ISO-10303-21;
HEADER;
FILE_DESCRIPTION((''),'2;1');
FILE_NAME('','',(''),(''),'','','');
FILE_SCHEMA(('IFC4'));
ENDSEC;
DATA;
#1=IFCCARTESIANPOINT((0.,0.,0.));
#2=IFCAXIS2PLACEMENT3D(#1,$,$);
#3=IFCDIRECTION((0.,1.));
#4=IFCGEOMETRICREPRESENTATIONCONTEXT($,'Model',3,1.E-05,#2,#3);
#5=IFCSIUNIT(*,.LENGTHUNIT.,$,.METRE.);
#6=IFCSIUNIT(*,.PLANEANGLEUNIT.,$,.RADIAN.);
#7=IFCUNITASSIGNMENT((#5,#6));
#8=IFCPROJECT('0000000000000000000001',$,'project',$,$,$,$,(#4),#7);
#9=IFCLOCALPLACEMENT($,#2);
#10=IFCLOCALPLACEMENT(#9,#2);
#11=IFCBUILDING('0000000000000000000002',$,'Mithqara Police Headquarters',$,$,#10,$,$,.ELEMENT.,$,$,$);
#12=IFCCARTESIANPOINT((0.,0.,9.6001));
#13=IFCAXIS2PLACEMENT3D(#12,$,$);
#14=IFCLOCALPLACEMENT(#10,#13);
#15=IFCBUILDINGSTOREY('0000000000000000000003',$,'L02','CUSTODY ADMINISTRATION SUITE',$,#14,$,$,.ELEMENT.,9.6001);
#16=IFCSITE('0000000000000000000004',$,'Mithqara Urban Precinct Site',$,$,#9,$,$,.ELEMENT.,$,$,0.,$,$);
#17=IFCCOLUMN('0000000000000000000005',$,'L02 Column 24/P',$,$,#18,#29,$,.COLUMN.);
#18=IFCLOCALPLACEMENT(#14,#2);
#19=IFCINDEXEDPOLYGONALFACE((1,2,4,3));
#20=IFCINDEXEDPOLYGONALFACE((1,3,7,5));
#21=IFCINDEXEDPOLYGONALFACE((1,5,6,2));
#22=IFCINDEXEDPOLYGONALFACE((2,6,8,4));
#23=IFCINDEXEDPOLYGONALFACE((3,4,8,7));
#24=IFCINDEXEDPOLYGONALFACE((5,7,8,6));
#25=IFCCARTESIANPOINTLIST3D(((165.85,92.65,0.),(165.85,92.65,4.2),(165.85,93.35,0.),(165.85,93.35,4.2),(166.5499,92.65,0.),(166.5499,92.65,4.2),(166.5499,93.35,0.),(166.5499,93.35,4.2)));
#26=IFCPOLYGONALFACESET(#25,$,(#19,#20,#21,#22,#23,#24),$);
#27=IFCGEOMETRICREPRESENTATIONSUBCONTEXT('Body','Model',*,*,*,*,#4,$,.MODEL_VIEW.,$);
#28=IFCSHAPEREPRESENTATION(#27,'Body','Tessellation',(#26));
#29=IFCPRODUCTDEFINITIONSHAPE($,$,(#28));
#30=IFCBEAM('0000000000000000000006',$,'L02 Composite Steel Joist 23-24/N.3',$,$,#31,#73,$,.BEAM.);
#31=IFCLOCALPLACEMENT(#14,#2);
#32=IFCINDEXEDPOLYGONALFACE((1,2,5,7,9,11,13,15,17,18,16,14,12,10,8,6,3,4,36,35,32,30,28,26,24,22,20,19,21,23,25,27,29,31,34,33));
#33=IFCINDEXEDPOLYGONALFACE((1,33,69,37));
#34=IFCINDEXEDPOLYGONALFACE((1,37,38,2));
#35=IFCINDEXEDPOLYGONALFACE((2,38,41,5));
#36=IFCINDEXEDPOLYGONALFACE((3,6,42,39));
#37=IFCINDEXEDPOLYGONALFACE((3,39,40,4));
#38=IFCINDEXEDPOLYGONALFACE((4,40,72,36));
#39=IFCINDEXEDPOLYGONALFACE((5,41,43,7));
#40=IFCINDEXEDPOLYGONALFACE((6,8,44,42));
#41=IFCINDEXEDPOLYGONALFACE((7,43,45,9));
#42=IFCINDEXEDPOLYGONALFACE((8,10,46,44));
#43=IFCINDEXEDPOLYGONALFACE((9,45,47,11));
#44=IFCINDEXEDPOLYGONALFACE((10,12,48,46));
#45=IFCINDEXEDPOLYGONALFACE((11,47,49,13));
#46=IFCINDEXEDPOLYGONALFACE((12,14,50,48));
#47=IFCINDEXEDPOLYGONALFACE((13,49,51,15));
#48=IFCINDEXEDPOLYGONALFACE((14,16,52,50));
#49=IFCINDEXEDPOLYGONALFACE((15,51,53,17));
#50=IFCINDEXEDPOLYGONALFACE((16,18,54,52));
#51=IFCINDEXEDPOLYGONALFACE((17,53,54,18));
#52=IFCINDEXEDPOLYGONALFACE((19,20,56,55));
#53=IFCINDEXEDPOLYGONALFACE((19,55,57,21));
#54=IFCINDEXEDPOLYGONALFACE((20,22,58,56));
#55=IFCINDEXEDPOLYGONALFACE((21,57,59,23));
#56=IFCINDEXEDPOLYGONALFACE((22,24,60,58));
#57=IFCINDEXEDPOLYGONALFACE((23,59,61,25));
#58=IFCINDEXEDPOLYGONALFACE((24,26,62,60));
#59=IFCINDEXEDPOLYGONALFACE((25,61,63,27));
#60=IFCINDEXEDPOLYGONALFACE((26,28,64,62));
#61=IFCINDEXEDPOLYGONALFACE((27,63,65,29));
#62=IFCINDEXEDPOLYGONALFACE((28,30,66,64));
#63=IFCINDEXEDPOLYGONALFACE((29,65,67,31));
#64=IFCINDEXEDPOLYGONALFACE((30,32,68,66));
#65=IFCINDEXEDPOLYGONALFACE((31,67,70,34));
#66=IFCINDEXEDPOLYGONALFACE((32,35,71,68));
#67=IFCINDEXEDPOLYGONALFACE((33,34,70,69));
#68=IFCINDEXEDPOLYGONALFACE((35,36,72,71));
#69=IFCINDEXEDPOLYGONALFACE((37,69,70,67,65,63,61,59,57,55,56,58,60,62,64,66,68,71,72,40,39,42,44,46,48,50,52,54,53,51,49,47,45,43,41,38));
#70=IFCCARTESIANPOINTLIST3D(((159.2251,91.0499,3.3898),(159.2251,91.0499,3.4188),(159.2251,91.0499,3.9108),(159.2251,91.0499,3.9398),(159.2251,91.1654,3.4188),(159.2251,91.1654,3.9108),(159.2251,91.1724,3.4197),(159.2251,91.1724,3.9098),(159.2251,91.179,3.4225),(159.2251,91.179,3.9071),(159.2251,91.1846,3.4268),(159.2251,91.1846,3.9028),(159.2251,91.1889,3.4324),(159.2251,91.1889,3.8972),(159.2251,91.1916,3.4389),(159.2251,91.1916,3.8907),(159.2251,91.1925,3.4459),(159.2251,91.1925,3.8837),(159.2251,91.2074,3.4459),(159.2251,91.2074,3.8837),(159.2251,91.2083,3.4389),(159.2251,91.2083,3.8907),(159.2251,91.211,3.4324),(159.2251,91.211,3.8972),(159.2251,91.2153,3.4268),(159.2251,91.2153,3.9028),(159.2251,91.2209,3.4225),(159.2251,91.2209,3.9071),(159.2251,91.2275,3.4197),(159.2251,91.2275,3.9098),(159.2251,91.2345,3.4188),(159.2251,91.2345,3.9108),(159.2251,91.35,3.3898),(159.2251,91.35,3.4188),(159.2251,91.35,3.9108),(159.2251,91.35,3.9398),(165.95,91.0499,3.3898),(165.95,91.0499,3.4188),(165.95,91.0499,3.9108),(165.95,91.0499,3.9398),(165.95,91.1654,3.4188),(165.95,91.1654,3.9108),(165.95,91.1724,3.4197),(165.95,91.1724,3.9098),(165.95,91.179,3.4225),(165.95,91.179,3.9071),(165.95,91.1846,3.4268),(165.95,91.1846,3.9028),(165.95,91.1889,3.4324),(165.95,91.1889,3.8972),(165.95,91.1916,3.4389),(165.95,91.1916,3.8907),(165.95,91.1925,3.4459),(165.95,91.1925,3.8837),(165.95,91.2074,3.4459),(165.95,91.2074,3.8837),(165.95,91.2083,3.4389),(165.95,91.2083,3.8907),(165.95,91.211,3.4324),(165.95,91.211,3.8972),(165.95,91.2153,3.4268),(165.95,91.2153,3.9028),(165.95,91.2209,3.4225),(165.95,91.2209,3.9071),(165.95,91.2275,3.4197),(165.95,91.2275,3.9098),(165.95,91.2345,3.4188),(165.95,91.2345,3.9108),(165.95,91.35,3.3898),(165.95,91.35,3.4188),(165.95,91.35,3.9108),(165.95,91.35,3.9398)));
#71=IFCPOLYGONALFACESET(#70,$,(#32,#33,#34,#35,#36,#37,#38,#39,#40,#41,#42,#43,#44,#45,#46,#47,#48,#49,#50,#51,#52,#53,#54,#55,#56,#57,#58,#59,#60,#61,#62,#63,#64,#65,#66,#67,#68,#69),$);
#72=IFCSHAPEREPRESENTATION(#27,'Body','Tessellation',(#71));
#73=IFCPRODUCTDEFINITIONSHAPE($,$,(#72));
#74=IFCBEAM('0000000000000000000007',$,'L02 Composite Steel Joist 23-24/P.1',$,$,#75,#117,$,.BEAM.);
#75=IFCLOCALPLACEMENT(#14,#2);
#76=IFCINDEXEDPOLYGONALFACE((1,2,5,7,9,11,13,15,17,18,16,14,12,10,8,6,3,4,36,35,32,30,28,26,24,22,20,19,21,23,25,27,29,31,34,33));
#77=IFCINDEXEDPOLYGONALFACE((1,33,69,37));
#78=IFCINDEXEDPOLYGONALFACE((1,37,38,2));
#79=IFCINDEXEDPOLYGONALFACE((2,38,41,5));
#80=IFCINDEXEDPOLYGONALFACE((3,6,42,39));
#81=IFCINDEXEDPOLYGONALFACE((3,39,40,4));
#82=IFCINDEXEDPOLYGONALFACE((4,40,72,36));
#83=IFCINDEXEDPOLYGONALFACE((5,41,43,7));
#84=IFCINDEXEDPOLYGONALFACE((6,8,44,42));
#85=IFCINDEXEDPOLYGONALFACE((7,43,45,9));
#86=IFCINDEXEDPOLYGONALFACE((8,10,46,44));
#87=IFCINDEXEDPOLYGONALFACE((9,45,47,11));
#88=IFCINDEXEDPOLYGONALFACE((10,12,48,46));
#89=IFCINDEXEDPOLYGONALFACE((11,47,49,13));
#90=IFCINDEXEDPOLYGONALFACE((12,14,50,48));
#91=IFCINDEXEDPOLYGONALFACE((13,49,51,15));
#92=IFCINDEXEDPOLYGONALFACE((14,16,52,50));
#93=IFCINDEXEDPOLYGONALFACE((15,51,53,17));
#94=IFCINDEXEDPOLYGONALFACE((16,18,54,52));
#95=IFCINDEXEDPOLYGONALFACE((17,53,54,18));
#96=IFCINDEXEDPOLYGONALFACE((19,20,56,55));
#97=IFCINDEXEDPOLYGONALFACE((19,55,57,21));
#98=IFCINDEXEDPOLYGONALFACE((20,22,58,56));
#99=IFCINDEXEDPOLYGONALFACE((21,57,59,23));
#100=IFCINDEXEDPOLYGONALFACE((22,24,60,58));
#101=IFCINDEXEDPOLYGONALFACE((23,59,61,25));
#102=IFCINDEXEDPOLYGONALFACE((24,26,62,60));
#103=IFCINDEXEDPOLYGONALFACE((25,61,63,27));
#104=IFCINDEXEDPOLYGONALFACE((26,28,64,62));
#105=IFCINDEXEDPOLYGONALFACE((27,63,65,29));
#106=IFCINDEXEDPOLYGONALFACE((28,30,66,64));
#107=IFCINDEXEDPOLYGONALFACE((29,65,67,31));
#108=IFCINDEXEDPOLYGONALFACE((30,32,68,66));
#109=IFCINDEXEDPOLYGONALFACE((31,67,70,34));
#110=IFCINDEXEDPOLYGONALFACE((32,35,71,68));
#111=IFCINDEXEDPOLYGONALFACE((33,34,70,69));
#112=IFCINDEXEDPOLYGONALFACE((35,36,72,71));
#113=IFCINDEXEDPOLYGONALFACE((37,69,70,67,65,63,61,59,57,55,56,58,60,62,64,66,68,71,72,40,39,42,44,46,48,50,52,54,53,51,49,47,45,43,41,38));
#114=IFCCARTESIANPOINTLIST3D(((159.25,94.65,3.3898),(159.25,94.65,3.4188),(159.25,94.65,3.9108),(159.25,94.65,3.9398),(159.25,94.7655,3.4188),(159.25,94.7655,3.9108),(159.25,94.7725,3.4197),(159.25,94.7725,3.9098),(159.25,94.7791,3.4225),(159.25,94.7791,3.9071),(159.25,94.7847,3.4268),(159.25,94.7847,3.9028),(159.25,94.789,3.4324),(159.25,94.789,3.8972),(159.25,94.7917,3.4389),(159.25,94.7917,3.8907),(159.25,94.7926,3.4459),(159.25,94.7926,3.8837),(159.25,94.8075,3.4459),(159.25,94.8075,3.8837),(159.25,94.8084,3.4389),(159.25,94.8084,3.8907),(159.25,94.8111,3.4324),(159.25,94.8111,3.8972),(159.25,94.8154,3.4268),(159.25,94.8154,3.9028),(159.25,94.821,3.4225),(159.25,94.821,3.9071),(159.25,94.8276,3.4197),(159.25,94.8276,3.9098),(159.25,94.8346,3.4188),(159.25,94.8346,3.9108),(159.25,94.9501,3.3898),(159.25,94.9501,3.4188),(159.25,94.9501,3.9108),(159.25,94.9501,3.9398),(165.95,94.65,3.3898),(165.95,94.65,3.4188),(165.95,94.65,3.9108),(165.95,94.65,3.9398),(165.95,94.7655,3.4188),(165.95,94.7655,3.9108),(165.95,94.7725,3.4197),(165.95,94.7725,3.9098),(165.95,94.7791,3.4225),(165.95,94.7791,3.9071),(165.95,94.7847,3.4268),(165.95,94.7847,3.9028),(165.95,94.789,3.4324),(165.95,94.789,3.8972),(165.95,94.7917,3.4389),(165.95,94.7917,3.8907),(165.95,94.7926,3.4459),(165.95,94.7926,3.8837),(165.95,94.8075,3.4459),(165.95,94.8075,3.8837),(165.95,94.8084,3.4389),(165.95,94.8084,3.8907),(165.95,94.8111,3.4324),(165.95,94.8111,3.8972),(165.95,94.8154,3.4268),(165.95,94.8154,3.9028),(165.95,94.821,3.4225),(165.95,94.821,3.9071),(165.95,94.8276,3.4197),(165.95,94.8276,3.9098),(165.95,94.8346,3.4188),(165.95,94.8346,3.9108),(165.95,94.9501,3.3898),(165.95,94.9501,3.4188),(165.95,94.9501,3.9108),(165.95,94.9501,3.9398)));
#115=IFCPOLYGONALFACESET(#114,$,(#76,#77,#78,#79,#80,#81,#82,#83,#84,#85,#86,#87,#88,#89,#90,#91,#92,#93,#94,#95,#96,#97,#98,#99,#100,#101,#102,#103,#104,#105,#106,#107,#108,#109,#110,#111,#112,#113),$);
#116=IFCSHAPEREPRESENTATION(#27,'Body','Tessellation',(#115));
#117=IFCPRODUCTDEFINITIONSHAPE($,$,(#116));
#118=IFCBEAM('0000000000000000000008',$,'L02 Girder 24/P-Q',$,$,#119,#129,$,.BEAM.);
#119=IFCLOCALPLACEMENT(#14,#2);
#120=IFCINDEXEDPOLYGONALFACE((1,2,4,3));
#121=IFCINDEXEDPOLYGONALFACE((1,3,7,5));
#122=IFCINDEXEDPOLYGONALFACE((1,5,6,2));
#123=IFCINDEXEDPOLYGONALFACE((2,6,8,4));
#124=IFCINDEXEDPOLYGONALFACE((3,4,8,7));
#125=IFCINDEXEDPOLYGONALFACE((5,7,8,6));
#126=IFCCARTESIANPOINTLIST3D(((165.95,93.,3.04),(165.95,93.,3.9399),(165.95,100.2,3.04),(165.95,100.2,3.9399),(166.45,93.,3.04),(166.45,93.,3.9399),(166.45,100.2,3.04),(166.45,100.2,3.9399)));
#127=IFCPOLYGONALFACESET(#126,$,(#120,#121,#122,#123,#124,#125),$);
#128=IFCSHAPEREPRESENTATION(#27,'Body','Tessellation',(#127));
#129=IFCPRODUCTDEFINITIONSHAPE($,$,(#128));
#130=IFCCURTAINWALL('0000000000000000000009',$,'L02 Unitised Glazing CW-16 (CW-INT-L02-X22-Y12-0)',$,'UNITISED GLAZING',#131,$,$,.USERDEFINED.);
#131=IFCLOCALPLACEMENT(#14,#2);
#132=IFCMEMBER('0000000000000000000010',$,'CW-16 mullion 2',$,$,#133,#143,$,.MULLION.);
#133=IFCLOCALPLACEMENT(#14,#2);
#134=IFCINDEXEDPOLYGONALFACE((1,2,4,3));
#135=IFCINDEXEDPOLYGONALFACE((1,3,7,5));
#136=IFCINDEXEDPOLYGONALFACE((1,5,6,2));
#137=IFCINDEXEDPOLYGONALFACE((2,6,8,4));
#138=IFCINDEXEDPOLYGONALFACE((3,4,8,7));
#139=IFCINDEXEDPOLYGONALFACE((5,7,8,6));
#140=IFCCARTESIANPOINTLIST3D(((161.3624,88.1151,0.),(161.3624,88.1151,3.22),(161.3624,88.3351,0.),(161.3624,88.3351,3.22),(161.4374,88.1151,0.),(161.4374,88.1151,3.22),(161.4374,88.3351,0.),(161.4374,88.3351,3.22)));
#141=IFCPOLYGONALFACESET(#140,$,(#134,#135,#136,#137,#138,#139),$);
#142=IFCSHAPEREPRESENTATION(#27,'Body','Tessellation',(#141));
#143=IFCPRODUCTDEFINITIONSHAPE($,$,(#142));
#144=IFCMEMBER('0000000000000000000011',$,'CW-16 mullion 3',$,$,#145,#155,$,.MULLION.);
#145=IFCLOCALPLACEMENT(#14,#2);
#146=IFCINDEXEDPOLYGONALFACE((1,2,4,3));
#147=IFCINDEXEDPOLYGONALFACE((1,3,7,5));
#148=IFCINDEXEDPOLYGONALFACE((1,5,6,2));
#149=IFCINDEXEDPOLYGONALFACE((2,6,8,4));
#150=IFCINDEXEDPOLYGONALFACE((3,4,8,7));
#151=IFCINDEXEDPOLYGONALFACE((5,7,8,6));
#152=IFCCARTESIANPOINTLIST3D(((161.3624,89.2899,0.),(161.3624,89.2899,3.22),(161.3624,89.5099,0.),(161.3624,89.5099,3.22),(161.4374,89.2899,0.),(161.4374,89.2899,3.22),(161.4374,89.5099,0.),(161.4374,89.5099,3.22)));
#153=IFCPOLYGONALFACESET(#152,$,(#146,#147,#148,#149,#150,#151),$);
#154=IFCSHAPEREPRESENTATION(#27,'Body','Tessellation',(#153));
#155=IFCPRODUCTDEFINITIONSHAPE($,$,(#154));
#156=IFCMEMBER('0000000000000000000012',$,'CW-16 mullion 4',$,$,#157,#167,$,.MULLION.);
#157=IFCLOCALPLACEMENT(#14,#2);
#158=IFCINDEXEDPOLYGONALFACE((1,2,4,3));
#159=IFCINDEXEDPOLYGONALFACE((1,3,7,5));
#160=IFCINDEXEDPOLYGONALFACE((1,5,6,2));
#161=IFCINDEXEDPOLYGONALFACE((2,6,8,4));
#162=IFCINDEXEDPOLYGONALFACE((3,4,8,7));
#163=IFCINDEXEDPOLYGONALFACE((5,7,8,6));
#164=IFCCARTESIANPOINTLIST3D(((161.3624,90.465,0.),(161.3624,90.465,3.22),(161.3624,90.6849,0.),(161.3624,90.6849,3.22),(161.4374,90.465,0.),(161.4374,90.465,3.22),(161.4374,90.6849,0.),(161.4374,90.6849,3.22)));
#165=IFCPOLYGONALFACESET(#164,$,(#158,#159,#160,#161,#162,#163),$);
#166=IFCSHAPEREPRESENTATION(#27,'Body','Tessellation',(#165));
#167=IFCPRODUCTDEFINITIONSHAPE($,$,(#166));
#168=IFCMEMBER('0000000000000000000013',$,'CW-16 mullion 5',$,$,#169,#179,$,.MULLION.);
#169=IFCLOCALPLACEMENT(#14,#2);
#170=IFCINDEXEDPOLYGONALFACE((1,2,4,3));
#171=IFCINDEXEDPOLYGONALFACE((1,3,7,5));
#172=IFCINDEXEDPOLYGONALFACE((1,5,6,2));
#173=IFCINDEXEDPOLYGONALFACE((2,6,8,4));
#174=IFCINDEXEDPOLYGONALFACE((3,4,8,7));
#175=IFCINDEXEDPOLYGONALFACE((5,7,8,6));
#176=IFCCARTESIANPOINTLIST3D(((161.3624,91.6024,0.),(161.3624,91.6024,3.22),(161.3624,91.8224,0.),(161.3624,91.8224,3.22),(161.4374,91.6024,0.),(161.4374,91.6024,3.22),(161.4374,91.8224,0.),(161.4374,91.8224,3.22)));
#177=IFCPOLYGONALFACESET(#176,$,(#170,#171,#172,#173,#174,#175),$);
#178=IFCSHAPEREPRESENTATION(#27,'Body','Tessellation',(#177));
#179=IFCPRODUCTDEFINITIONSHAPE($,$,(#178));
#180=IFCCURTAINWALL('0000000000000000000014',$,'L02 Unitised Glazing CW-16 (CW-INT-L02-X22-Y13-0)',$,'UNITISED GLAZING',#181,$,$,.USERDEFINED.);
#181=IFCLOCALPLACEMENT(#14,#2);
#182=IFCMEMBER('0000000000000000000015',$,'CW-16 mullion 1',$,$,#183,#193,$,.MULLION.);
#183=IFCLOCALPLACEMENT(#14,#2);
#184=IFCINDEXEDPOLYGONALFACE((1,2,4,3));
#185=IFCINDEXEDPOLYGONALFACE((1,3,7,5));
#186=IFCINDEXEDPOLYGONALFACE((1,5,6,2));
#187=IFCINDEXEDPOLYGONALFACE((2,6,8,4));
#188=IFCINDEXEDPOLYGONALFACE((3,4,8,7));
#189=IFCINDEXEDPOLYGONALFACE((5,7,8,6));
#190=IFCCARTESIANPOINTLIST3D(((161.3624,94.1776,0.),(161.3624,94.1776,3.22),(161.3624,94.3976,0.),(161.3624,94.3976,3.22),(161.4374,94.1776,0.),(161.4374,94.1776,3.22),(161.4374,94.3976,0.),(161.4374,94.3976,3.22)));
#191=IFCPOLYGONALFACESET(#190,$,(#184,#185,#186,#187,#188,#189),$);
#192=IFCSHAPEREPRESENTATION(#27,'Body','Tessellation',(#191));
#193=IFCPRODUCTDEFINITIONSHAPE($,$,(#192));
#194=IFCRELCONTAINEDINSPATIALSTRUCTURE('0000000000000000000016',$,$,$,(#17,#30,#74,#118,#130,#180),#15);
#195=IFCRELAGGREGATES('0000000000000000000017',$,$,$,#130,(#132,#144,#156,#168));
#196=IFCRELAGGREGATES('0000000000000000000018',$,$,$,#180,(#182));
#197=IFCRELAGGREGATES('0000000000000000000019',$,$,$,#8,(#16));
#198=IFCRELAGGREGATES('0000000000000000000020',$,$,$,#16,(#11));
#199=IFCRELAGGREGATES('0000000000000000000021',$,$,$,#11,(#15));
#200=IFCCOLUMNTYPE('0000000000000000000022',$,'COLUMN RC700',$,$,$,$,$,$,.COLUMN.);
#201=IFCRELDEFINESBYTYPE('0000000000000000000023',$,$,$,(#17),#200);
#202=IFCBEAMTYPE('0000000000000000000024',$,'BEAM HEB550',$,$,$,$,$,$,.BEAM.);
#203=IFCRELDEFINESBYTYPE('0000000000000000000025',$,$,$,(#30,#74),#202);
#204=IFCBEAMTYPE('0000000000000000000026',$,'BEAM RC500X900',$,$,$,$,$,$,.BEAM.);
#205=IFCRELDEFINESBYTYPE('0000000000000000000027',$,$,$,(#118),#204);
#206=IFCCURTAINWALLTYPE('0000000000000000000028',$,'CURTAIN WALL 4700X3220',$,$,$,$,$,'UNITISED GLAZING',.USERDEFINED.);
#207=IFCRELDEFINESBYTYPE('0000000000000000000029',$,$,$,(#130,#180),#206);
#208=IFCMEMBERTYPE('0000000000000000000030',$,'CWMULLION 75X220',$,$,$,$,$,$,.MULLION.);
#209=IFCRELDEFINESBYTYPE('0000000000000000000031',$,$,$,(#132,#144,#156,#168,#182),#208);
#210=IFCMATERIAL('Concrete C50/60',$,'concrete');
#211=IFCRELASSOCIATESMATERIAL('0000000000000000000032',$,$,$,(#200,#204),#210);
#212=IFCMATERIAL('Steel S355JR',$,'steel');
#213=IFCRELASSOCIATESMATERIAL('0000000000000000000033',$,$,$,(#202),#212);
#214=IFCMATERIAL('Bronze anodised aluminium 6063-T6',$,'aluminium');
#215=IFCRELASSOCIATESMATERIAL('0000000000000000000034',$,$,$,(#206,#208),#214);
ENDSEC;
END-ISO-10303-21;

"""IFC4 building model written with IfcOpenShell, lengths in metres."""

from ifc_helpers import new_model, si_unit, direction, frame, origin, origin_2d, place, context, subcontext, project, spatial, rectangle, i_section, extrude, material, material_profile, profile_set, type_object, element, aggregate, save


model = new_model("IFC4")

# Units and contexts
model_context = context("Model", 3, precision=1e-05, world=origin(), true_north=direction((0.0, 1.0)))
body_context = subcontext(model_context, "Body", "Model", "MODEL_VIEW")
ifc_project = project(units=[si_unit("LENGTHUNIT", "METRE"), si_unit("PLANEANGLEUNIT", "RADIAN")], contexts=[model_context])

# Site, building, storey
site_placement = place(None, origin())
site = spatial("IfcSite", under=ifc_project, at=site_placement, Name="Mithqara Urban Precinct Site", CompositionType="ELEMENT", RefElevation=0.0)
building_placement = place(site_placement, origin())
building = spatial("IfcBuilding", under=site, at=building_placement, Name="Mithqara Police Headquarters", CompositionType="ELEMENT")
storey_placement = place(building_placement, frame((0.0, 0.0, 9.6001)))
storey = spatial("IfcBuildingStorey", under=building, at=storey_placement, Name="L02", Description="CUSTODY ADMINISTRATION SUITE", CompositionType="ELEMENT", Elevation=9.6001)

# Column
ifc_material_1 = material(Name="Concrete C50/60", Category="concrete")
ifc_material_profile_1 = material_profile(ifc_material_1, rectangle(XDim=0.7, YDim=0.7, at=origin_2d()), Name="RC 700x700")
ifc_profile_set_1 = profile_set([ifc_material_profile_1], Name="Concrete C50/60")
column_type = type_object("IfcColumnType", Name="COLUMN RC700", PredefinedType="COLUMN", material=ifc_profile_set_1)
column_placement = place(storey_placement, frame((166.2, 93.0, 0.0), z_axis=(0.0, 0.0, 1.0), x_axis=(1.0, 0.0, 0.0)))
element("IfcColumn", 1, at=column_placement, inside=storey, type_object=column_type, Name="L02 Column 24/P", PredefinedType="COLUMN", context=body_context, shape_type="SweptSolid", body=[
    extrude(rectangle(XDim=0.7, YDim=0.7, at=origin_2d()), origin(), (0.0, 0.0, 1.0), 4.2),
])

# Beams
ifc_material_2 = material(Name="Steel S355JR", Category="steel")
ifc_material_profile_2 = material_profile(ifc_material_2, i_section(OverallWidth=0.3, OverallDepth=0.55, WebThickness=0.0149, FlangeThickness=0.0291, FilletRadius=0.0271, at=origin_2d()), Name="HEB 550")
ifc_profile_set_2 = profile_set([ifc_material_profile_2], Name="Steel S355JR")
beam_type_1 = type_object("IfcBeamType", Name="BEAM HEB550", PredefinedType="BEAM", material=ifc_profile_set_2)
beam_1_placement = place(storey_placement, frame((159.2251, 91.2, 3.6648), z_axis=(1.0, 0.0, 0.0), x_axis=(0.0, 1.0, 0.0)))
element("IfcBeam", 2, at=beam_1_placement, inside=storey, type_object=beam_type_1, Name="L02 Composite Steel Joist 23-24/N.3", PredefinedType="BEAM", context=body_context, shape_type="SweptSolid", body=[
    extrude(i_section(OverallWidth=0.3, OverallDepth=0.55, WebThickness=0.0149, FlangeThickness=0.0291, FilletRadius=0.0271, at=origin_2d()), origin(), (0.0, 0.0, 1.0), 6.7249),
])
beam_2_placement = place(storey_placement, frame((159.25, 94.8, 3.6648), z_axis=(1.0, 0.0, 0.0), x_axis=(0.0, 1.0, 0.0)))
element("IfcBeam", 3, at=beam_2_placement, inside=storey, type_object=beam_type_1, Name="L02 Composite Steel Joist 23-24/P.1", PredefinedType="BEAM", context=body_context, shape_type="SweptSolid", body=[
    extrude(i_section(OverallWidth=0.3, OverallDepth=0.55, WebThickness=0.0149, FlangeThickness=0.0291, FilletRadius=0.0271, at=origin_2d()), origin(), (0.0, 0.0, 1.0), 6.7),
])
ifc_material_profile_3 = material_profile(ifc_material_1, rectangle(XDim=0.5, YDim=0.8999, at=origin_2d()), Name="RC 500x900")
ifc_profile_set_3 = profile_set([ifc_material_profile_3], Name="Concrete C50/60")
beam_type_2 = type_object("IfcBeamType", Name="BEAM RC500X900", PredefinedType="BEAM", material=ifc_profile_set_3)
beam_3_placement = place(storey_placement, frame((166.2, 93.0, 3.49), z_axis=(0.0, 1.0, 0.0), x_axis=(-1.0, 0.0, 0.0)))
element("IfcBeam", 4, at=beam_3_placement, inside=storey, type_object=beam_type_2, Name="L02 Girder 24/P-Q", PredefinedType="BEAM", context=body_context, shape_type="SweptSolid", body=[
    extrude(rectangle(XDim=0.5, YDim=0.8999, at=origin_2d()), origin(), (0.0, 0.0, 1.0), 7.2),
])

# Curtain wall, members
ifc_material_3 = material(Name="Bronze anodised aluminium 6063-T6", Category="aluminium")
curtain_wall_type = type_object("IfcCurtainWallType", Name="CURTAIN WALL 4700X3220", ElementType="UNITISED GLAZING", PredefinedType="USERDEFINED", material=ifc_material_3)
curtain_wall_1_placement = place(storey_placement, origin())
curtain_wall_1 = element("IfcCurtainWall", 5, at=curtain_wall_1_placement, inside=storey, type_object=curtain_wall_type, Name="L02 Unitised Glazing CW-16 (CW-INT-L02-X22-Y12-0)", ObjectType="UNITISED GLAZING", PredefinedType="USERDEFINED")
ifc_material_profile_4 = material_profile(ifc_material_3, rectangle(XDim=0.075, YDim=0.22, at=origin_2d()), Name="CWM 75x220")
ifc_profile_set_4 = profile_set([ifc_material_profile_4], Name="Bronze anodised aluminium 6063-T6")
member_type_1 = type_object("IfcMemberType", Name="CWMULLION 75X220", PredefinedType="MULLION", material=ifc_profile_set_4)
member_1_placement = place(storey_placement, frame((161.3999, 88.2251, 0.0), z_axis=(0.0, 0.0, 1.0), x_axis=(-1.0, 0.0, 0.0)))
member_1 = element("IfcMember", 6, at=member_1_placement, type_object=member_type_1, Name="CW-16 mullion 2", PredefinedType="MULLION", context=body_context, shape_type="SweptSolid", body=[
    extrude(rectangle(XDim=0.075, YDim=0.22, at=origin_2d()), origin(), (0.0, 0.0, 1.0), 3.22),
])
member_2_placement = place(storey_placement, frame((161.3999, 89.3999, 0.0), z_axis=(0.0, 0.0, 1.0), x_axis=(-1.0, 0.0, 0.0)))
member_2 = element("IfcMember", 7, at=member_2_placement, type_object=member_type_1, Name="CW-16 mullion 3", PredefinedType="MULLION", context=body_context, shape_type="SweptSolid", body=[
    extrude(rectangle(XDim=0.075, YDim=0.22, at=origin_2d()), origin(), (0.0, 0.0, 1.0), 3.22),
])
member_3_placement = place(storey_placement, frame((161.3999, 90.575, 0.0), z_axis=(0.0, 0.0, 1.0), x_axis=(-1.0, 0.0, 0.0)))
member_3 = element("IfcMember", 8, at=member_3_placement, type_object=member_type_1, Name="CW-16 mullion 4", PredefinedType="MULLION", context=body_context, shape_type="SweptSolid", body=[
    extrude(rectangle(XDim=0.075, YDim=0.22, at=origin_2d()), origin(), (0.0, 0.0, 1.0), 3.22),
])
member_4_placement = place(storey_placement, frame((161.3999, 91.7124, 0.0), z_axis=(0.0, 0.0, 1.0), x_axis=(-1.0, 0.0, 0.0)))
member_4 = element("IfcMember", 9, at=member_4_placement, type_object=member_type_1, Name="CW-16 mullion 5", PredefinedType="MULLION", context=body_context, shape_type="SweptSolid", body=[
    extrude(rectangle(XDim=0.075, YDim=0.22, at=origin_2d()), origin(), (0.0, 0.0, 1.0), 3.22),
])

# Curtain wall, member
curtain_wall_2_placement = place(storey_placement, origin())
curtain_wall_2 = element("IfcCurtainWall", 10, at=curtain_wall_2_placement, inside=storey, type_object=curtain_wall_type, Name="L02 Unitised Glazing CW-16 (CW-INT-L02-X22-Y13-0)", ObjectType="UNITISED GLAZING", PredefinedType="USERDEFINED")
member_5_placement = place(storey_placement, frame((161.3999, 94.2876, 0.0), z_axis=(0.0, 0.0, 1.0), x_axis=(-1.0, 0.0, 0.0)))
member_5 = element("IfcMember", 11, at=member_5_placement, type_object=member_type_1, Name="CW-16 mullion 1", PredefinedType="MULLION", context=body_context, shape_type="SweptSolid", body=[
    extrude(rectangle(XDim=0.075, YDim=0.22, at=origin_2d()), origin(), (0.0, 0.0, 1.0), 3.22),
])

aggregate(curtain_wall_1, [member_1, member_2, member_3, member_4])
aggregate(curtain_wall_2, [member_5])

save(model, "model.ifc")
